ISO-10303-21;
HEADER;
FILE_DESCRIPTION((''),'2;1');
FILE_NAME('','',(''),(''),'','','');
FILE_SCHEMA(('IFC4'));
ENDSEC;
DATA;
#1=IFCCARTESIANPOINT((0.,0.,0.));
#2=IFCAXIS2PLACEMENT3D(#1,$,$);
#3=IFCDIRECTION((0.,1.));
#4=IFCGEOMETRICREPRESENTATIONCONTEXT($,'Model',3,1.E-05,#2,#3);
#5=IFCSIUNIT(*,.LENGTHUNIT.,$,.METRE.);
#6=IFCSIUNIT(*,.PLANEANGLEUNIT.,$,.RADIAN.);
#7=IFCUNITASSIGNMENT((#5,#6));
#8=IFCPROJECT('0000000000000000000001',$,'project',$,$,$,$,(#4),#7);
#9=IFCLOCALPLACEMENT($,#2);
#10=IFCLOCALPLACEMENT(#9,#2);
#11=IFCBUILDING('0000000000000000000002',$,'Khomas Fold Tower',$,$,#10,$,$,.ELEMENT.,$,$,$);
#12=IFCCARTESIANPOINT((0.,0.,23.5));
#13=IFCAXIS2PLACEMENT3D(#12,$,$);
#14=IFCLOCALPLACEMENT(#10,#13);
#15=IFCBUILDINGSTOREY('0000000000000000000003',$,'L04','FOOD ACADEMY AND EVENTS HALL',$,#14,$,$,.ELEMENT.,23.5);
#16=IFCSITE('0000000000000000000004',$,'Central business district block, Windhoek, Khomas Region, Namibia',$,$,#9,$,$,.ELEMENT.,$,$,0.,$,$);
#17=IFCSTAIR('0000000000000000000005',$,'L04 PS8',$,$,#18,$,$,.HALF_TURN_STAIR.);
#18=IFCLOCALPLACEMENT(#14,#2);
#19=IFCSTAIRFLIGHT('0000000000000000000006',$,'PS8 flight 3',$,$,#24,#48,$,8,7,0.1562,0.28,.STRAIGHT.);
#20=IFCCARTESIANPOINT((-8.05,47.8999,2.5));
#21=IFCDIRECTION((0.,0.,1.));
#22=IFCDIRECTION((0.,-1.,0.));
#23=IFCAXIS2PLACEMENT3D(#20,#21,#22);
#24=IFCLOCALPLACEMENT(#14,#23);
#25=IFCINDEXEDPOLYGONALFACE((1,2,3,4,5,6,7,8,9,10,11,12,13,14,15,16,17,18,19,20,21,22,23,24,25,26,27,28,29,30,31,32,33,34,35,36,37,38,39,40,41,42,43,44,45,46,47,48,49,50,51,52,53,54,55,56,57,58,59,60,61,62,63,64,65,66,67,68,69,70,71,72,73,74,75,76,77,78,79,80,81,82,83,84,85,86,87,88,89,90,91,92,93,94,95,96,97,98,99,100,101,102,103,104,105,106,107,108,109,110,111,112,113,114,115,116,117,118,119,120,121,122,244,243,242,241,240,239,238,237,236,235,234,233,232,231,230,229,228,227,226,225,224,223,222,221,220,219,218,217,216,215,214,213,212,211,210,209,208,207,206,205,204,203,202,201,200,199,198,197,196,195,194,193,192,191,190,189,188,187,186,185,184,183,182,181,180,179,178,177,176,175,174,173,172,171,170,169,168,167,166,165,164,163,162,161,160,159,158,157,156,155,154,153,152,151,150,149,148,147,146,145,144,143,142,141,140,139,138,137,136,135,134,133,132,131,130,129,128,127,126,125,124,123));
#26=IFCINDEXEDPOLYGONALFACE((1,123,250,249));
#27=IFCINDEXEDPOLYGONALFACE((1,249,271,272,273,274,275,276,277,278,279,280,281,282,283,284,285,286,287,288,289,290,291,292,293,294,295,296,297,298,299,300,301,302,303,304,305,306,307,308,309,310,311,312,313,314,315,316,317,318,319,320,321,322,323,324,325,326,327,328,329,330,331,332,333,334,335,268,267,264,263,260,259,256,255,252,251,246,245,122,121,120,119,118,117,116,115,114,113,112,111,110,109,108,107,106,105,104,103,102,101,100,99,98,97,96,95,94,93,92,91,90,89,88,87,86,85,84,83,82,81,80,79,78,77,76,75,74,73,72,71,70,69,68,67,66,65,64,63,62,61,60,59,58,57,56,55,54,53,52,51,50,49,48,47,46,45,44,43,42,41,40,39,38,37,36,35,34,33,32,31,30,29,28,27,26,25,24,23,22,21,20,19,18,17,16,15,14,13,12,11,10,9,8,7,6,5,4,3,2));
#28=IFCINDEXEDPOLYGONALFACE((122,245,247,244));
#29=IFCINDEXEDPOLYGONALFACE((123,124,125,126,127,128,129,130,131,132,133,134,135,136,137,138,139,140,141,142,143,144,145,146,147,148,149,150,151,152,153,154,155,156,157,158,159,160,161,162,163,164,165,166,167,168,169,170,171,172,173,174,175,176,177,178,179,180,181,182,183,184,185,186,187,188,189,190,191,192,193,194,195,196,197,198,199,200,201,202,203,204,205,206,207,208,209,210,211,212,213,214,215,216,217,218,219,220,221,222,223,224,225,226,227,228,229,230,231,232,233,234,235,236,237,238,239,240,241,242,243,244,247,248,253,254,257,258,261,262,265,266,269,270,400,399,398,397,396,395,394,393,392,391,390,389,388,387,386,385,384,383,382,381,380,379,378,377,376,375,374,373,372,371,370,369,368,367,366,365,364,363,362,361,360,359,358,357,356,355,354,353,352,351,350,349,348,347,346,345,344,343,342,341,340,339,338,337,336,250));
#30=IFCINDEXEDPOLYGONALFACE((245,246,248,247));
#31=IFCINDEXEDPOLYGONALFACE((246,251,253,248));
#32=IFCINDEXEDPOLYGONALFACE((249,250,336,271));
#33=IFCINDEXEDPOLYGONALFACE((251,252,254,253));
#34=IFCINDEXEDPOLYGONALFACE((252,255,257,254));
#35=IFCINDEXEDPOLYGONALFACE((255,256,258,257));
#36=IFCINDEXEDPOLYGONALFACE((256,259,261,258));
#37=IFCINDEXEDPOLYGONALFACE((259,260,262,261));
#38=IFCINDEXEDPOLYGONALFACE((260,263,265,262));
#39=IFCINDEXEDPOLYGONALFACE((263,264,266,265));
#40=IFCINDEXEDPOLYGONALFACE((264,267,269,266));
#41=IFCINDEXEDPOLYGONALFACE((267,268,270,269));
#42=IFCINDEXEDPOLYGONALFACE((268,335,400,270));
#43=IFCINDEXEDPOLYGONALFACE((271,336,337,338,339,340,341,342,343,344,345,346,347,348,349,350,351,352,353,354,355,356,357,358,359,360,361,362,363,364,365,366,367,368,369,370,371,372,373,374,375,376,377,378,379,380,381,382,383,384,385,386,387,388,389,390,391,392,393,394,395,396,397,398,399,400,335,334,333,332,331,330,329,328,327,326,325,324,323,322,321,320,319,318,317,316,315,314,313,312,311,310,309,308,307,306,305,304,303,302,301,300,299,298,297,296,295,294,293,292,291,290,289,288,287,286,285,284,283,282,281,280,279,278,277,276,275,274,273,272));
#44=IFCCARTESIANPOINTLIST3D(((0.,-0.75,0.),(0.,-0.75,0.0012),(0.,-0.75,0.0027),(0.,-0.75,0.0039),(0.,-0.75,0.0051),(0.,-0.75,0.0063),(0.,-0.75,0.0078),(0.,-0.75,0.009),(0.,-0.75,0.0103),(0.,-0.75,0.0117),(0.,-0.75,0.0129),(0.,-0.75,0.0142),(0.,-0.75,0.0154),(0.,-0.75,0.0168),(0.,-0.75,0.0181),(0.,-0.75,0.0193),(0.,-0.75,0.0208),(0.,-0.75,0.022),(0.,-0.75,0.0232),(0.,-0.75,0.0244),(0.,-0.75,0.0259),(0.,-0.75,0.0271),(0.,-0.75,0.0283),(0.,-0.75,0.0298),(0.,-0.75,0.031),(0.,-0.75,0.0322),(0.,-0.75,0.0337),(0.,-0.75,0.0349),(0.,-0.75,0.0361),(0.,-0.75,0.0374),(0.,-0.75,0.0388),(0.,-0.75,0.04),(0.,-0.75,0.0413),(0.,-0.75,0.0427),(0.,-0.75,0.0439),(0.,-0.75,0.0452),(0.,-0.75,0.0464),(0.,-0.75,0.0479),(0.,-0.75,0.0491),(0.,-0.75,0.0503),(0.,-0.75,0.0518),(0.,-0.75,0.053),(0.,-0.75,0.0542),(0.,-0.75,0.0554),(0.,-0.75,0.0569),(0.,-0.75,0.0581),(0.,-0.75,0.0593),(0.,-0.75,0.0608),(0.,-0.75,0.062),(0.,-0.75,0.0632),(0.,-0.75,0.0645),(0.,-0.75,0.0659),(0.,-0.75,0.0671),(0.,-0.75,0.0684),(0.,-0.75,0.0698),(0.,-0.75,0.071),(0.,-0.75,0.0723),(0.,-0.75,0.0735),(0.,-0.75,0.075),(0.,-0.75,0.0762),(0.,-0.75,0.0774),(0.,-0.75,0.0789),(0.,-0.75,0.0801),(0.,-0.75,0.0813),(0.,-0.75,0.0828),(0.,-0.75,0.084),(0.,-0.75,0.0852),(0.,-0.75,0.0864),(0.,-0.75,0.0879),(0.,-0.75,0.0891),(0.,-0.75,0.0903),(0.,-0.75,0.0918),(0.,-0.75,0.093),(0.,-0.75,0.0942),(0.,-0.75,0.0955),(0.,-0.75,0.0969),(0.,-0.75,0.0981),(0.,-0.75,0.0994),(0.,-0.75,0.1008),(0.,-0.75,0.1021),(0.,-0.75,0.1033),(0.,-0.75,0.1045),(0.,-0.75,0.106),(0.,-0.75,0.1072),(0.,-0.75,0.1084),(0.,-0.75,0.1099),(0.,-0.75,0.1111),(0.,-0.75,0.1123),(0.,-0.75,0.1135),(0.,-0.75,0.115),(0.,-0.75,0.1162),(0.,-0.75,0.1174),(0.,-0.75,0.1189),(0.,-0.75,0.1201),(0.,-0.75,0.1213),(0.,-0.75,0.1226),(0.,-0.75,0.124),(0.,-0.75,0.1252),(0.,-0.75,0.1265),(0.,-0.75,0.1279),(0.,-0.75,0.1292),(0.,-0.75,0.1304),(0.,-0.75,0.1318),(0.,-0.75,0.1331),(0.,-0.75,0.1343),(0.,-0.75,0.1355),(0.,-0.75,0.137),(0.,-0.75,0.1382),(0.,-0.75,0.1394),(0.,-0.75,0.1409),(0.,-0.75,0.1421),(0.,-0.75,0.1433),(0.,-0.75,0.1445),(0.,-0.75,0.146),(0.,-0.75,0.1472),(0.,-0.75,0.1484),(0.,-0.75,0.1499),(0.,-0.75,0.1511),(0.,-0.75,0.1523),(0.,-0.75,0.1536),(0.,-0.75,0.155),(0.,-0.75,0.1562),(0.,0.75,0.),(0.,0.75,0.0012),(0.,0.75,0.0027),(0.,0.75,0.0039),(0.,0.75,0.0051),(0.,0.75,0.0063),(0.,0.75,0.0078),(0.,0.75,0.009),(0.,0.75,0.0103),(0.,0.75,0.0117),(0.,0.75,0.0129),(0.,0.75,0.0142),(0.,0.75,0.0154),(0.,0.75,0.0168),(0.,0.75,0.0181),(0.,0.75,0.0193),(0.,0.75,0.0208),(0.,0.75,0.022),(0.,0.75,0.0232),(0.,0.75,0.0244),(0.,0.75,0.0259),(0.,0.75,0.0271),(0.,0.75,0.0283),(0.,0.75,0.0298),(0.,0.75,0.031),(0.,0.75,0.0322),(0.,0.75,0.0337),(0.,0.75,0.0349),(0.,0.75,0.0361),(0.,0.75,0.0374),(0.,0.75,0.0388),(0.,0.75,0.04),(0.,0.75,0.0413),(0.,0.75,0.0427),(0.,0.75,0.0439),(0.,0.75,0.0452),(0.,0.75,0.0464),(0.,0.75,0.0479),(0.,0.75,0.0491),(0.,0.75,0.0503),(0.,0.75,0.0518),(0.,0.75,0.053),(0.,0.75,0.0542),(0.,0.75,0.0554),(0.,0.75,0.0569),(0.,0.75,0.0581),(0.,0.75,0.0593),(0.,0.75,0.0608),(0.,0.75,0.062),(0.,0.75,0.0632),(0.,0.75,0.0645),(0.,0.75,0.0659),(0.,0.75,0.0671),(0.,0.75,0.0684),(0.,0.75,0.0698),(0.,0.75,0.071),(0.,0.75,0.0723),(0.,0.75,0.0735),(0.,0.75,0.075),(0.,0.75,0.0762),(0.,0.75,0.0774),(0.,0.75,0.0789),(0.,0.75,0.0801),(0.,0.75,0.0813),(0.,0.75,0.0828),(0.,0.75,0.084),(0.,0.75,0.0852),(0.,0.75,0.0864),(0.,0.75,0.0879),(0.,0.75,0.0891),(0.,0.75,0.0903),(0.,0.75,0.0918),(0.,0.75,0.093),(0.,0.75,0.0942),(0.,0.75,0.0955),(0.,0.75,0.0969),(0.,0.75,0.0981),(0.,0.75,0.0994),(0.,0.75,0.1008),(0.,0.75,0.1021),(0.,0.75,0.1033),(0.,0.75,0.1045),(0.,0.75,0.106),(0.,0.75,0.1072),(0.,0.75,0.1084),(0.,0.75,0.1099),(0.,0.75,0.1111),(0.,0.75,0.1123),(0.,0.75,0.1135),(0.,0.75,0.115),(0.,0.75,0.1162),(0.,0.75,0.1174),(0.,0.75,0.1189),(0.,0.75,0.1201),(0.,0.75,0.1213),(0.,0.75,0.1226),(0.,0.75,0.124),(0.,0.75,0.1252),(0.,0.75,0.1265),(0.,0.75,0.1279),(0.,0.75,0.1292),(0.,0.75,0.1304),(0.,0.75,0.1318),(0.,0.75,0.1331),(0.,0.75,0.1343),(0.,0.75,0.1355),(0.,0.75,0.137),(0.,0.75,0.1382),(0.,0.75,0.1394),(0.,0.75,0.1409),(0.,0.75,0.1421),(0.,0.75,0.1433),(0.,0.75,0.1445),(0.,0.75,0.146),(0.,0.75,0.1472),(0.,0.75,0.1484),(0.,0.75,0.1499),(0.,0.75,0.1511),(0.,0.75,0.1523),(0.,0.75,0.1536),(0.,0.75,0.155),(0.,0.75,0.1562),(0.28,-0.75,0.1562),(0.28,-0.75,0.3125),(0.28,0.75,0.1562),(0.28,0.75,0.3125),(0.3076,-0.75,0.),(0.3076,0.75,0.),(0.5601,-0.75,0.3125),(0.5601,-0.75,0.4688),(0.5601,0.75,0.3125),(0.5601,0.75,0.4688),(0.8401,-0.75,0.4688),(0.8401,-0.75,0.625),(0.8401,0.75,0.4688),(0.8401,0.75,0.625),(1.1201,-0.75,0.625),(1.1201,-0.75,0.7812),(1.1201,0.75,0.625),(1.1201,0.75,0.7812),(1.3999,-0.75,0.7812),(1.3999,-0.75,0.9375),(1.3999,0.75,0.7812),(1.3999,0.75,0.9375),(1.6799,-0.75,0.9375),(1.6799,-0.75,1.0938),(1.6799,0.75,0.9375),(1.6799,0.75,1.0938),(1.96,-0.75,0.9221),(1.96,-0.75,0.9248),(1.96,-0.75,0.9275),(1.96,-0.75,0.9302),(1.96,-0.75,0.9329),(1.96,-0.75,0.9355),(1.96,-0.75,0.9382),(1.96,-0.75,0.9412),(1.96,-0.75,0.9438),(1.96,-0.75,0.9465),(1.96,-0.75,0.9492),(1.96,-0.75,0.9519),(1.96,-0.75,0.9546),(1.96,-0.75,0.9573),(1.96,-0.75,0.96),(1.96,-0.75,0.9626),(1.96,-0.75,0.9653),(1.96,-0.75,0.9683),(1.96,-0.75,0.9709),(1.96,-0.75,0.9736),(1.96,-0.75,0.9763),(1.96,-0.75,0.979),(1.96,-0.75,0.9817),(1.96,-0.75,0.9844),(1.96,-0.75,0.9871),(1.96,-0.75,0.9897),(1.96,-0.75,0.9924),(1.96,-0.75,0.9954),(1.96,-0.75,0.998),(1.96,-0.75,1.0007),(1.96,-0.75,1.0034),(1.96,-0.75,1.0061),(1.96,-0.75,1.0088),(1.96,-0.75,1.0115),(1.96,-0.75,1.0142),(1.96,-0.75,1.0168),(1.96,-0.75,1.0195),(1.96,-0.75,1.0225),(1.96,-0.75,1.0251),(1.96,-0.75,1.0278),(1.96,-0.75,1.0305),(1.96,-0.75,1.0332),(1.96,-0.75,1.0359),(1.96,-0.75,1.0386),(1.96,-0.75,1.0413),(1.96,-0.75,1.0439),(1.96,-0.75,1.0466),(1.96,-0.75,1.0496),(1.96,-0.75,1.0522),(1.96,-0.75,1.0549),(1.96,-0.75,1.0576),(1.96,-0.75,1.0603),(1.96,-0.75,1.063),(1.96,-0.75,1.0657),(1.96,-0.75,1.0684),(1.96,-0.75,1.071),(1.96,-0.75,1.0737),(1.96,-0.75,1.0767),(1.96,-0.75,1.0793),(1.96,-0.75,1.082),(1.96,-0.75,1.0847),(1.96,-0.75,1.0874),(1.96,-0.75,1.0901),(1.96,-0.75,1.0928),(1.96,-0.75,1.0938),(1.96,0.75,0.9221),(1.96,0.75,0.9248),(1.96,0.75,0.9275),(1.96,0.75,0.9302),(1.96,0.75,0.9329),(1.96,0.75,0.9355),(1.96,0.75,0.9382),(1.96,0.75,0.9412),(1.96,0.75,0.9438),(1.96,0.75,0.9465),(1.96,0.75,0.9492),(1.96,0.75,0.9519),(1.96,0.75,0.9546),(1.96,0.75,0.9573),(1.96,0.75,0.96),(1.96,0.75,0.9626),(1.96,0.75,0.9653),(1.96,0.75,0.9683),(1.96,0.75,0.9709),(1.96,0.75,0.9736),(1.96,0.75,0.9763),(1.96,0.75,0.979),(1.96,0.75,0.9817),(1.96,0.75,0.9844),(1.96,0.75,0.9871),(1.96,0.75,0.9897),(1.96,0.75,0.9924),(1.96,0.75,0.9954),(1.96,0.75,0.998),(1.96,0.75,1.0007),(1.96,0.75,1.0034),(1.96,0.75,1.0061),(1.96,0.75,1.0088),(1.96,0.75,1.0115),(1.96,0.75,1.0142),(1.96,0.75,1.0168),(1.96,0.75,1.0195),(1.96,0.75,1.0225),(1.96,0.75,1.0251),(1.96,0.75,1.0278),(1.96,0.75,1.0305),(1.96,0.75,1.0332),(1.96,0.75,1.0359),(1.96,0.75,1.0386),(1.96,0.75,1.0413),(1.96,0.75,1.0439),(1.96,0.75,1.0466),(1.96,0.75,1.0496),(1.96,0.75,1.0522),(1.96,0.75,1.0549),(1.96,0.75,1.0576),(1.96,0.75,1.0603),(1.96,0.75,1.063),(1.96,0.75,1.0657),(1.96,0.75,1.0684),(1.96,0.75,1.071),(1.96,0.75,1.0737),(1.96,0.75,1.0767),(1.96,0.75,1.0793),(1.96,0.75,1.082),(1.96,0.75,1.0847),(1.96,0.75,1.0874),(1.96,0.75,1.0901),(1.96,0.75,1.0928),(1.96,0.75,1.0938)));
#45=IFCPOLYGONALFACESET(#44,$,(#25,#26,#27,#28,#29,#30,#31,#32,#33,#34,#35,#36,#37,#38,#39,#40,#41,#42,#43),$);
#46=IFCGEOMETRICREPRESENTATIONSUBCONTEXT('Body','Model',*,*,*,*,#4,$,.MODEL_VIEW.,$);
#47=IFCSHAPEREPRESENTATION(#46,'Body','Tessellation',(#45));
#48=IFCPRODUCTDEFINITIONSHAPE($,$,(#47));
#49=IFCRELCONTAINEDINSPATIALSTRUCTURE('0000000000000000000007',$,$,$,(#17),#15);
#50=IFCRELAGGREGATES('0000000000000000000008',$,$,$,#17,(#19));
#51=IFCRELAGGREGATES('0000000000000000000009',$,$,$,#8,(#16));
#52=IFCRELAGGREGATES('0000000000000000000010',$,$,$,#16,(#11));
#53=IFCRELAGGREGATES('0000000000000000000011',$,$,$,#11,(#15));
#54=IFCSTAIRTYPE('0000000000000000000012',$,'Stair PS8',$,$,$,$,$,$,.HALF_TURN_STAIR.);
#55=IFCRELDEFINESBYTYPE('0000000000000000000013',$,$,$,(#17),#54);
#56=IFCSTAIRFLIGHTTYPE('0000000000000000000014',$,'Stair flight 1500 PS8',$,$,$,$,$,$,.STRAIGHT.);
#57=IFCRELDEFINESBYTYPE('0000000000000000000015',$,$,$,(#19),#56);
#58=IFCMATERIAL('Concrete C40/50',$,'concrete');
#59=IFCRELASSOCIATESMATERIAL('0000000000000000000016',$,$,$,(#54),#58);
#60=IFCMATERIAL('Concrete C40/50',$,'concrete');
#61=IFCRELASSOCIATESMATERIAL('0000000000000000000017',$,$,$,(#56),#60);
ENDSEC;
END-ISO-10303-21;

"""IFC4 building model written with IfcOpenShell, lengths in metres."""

from ifc_helpers import new_model, si_unit, direction, frame, origin, place, context, subcontext, project, spatial, polyline, outline, extrude, source, transform, mapped, material, type_object, element, aggregate, save


model = new_model("IFC4")

# Units and contexts
model_context = context("Model", 3, precision=1e-05, world=origin(), true_north=direction((0.0, 1.0)))
body_context = subcontext(model_context, "Body", "Model", "MODEL_VIEW")
ifc_project = project(units=[si_unit("LENGTHUNIT", "METRE"), si_unit("PLANEANGLEUNIT", "RADIAN")], contexts=[model_context])

# Site, building, storey
site_placement = place(None, origin())
site = spatial("IfcSite", under=ifc_project, at=site_placement, Name="Central business district block, Windhoek, Khomas Region, Namibia", CompositionType="ELEMENT", RefElevation=0.0)
building_placement = place(site_placement, origin())
building = spatial("IfcBuilding", under=site, at=building_placement, Name="Khomas Fold Tower", CompositionType="ELEMENT")
storey_placement = place(building_placement, frame((0.0, 0.0, 23.5)))
storey = spatial("IfcBuildingStorey", under=building, at=storey_placement, Name="L04", Description="FOOD ACADEMY AND EVENTS HALL", CompositionType="ELEMENT", Elevation=23.5)

# Stair, stair flight
shared_shape_1 = source(origin(), body_context, "Body", "SweptSolid", [
    extrude(outline(polyline([(0.0, 0.0), (0.0, 0.0012), (0.0, 0.0027), (0.0, 0.0039), (0.0, 0.0051), (0.0, 0.0063), (0.0, 0.0078), (0.0, 0.009), (0.0, 0.0103), (0.0, 0.0117), (0.0, 0.0129), (0.0, 0.0142), (0.0, 0.0154), (0.0, 0.0168), (0.0, 0.0181), (0.0, 0.0193), (0.0, 0.0208), (0.0, 0.022), (0.0, 0.0232), (0.0, 0.0244), (0.0, 0.0259), (0.0, 0.0271), (0.0, 0.0283), (0.0, 0.0298), (0.0, 0.031), (0.0, 0.0322), (0.0, 0.0337), (0.0, 0.0349), (0.0, 0.0361), (0.0, 0.0374), (0.0, 0.0388), (0.0, 0.04), (0.0, 0.0413), (0.0, 0.0427), (0.0, 0.0439), (0.0, 0.0452), (0.0, 0.0464), (0.0, 0.0479), (0.0, 0.0491), (0.0, 0.0503), (0.0, 0.0518), (0.0, 0.053), (0.0, 0.0542), (0.0, 0.0554), (0.0, 0.0569), (0.0, 0.0581), (0.0, 0.0593), (0.0, 0.0608), (0.0, 0.062), (0.0, 0.0632), (0.0, 0.0645), (0.0, 0.0659), (0.0, 0.0671), (0.0, 0.0684), (0.0, 0.0698), (0.0, 0.071), (0.0, 0.0723), (0.0, 0.0735), (0.0, 0.075), (0.0, 0.0762), (0.0, 0.0774), (0.0, 0.0789), (0.0, 0.0801), (0.0, 0.0813), (0.0, 0.0828), (0.0, 0.084), (0.0, 0.0852), (0.0, 0.0864), (0.0, 0.0879), (0.0, 0.0891), (0.0, 0.0903), (0.0, 0.0918), (0.0, 0.093), (0.0, 0.0942), (0.0, 0.0955), (0.0, 0.0969), (0.0, 0.0981), (0.0, 0.0994), (0.0, 0.1008), (0.0, 0.1021), (0.0, 0.1033), (0.0, 0.1045), (0.0, 0.106), (0.0, 0.1072), (0.0, 0.1084), (0.0, 0.1099), (0.0, 0.1111), (0.0, 0.1123), (0.0, 0.1135), (0.0, 0.115), (0.0, 0.1162), (0.0, 0.1174), (0.0, 0.1189), (0.0, 0.1201), (0.0, 0.1213), (0.0, 0.1226), (0.0, 0.124), (0.0, 0.1252), (0.0, 0.1265), (0.0, 0.1279), (0.0, 0.1292), (0.0, 0.1304), (0.0, 0.1318), (0.0, 0.1331), (0.0, 0.1343), (0.0, 0.1355), (0.0, 0.137), (0.0, 0.1382), (0.0, 0.1394), (0.0, 0.1409), (0.0, 0.1421), (0.0, 0.1433), (0.0, 0.1445), (0.0, 0.146), (0.0, 0.1472), (0.0, 0.1484), (0.0, 0.1499), (0.0, 0.1511), (0.0, 0.1523), (0.0, 0.1536), (0.0, 0.155), (0.0, 0.1562), (0.28, 0.1562), (0.28, 0.3125), (0.5601, 0.3125), (0.5601, 0.4688), (0.8401, 0.4688), (0.8401, 0.625), (1.1201, 0.625), (1.1201, 0.7812), (1.3999, 0.7812), (1.3999, 0.9375), (1.6799, 0.9375), (1.6799, 1.0938), (1.96, 1.0938), (1.96, 1.25), (1.96, 1.2473), (1.96, 1.2446), (1.96, 1.2419), (1.96, 1.2393), (1.96, 1.2363), (1.96, 1.2336), (1.96, 1.231), (1.96, 1.2283), (1.96, 1.2256), (1.96, 1.2229), (1.96, 1.2202), (1.96, 1.2175), (1.96, 1.2148), (1.96, 1.2122), (1.96, 1.2092), (1.96, 1.2065), (1.96, 1.2039), (1.96, 1.2012), (1.96, 1.1985), (1.96, 1.1958), (1.96, 1.1931), (1.96, 1.1904), (1.96, 1.1877), (1.96, 1.1851), (1.96, 1.1821), (1.96, 1.1794), (1.96, 1.1768), (1.96, 1.1741), (1.96, 1.1714), (1.96, 1.1687), (1.96, 1.166), (1.96, 1.1633), (1.96, 1.1606), (1.96, 1.158), (1.96, 1.155), (1.96, 1.1523), (1.96, 1.1497), (1.96, 1.147), (1.96, 1.1443), (1.96, 1.1416), (1.96, 1.1389), (1.96, 1.1362), (1.96, 1.1335), (1.96, 1.1309), (1.96, 1.1279), (1.96, 1.1252), (1.96, 1.1226), (1.96, 1.1199), (1.96, 1.1172), (1.96, 1.1145), (1.96, 1.1118), (1.96, 1.1091), (1.96, 1.1064), (1.96, 1.1038), (1.96, 1.1008), (1.96, 1.0981), (1.96, 1.0955), (1.96, 1.0928), (1.96, 1.0901), (1.96, 1.0874), (1.96, 1.0847), (1.96, 1.082), (1.96, 1.0793), (1.96, 1.0767), (1.96, 1.0737), (1.96, 1.071), (1.96, 1.0684), (1.96, 1.0657), (1.96, 1.063), (1.96, 1.0603), (1.96, 1.0576), (1.96, 1.0549), (1.96, 1.0522), (1.96, 1.0496), (1.96, 1.0466), (1.96, 1.0439), (1.96, 1.0413), (1.96, 1.0386), (1.96, 1.0359), (1.96, 1.0332), (1.96, 1.0305), (1.96, 1.0278), (1.96, 1.0251), (1.96, 1.0225), (1.96, 1.0195), (1.96, 1.0168), (1.96, 1.0142), (1.96, 1.0115), (1.96, 1.0088), (1.96, 1.0061), (1.96, 1.0034), (1.96, 1.0007), (1.96, 0.998), (1.96, 0.9954), (1.96, 0.9924), (1.96, 0.9897), (1.96, 0.9871), (1.96, 0.9844), (1.96, 0.9817), (1.96, 0.979), (1.96, 0.9763), (1.96, 0.9736), (1.96, 0.9709), (1.96, 0.9683), (1.96, 0.9653), (1.96, 0.9626), (1.96, 0.96), (1.96, 0.9573), (1.96, 0.9546), (1.96, 0.9519), (1.96, 0.9492), (1.96, 0.9465), (1.96, 0.9438), (1.96, 0.9412), (1.96, 0.9382), (1.96, 0.9355), (1.96, 0.9329), (1.96, 0.9302), (1.96, 0.9275), (1.96, 0.9248), (1.96, 0.9221), (0.3076, 0.0), (0.0, 0.0)])), frame((0.0, 0.75, 0.0), z_axis=(0.0, -1.0, 0.0), x_axis=(1.0, 0.0, 0.0)), (0.0, 0.0, 1.0), 1.5),
])
ifc_material_1 = material(Name="Concrete C40/50", Category="concrete")
stair_type_1 = type_object("IfcStairType", Name="Stair PS8", PredefinedType="HALF_TURN_STAIR", material=ifc_material_1)
stair_1_placement = place(storey_placement, origin())
stair_1 = element("IfcStair", 1, at=stair_1_placement, inside=storey, type_object=stair_type_1, Name="L04 PS8", PredefinedType="HALF_TURN_STAIR")
ifc_material_2 = material(Name="Concrete C40/50", Category="concrete")
stair_flight_type_1 = type_object("IfcStairFlightType", Name="Stair flight 1500 PS8", PredefinedType="STRAIGHT", material=ifc_material_2)
stair_flight_1_placement = place(storey_placement, frame((-8.05, 47.8999, 2.5), z_axis=(0.0, 0.0, 1.0), x_axis=(0.0, -1.0, 0.0)))
stair_flight_1 = element("IfcStairFlight", 2, at=stair_flight_1_placement, type_object=stair_flight_type_1, Name="PS8 flight 3", NumberOfRisers=8, NumberOfTreads=7, PredefinedType="STRAIGHT", RiserHeight=0.1562, TreadLength=0.28, context=body_context, shape_type="MappedRepresentation", body=[
    mapped(shared_shape_1, transform((0.0, 0.0, 0.0))),
])
aggregate(stair_1, [stair_flight_1])

save(model, "model.ifc")
